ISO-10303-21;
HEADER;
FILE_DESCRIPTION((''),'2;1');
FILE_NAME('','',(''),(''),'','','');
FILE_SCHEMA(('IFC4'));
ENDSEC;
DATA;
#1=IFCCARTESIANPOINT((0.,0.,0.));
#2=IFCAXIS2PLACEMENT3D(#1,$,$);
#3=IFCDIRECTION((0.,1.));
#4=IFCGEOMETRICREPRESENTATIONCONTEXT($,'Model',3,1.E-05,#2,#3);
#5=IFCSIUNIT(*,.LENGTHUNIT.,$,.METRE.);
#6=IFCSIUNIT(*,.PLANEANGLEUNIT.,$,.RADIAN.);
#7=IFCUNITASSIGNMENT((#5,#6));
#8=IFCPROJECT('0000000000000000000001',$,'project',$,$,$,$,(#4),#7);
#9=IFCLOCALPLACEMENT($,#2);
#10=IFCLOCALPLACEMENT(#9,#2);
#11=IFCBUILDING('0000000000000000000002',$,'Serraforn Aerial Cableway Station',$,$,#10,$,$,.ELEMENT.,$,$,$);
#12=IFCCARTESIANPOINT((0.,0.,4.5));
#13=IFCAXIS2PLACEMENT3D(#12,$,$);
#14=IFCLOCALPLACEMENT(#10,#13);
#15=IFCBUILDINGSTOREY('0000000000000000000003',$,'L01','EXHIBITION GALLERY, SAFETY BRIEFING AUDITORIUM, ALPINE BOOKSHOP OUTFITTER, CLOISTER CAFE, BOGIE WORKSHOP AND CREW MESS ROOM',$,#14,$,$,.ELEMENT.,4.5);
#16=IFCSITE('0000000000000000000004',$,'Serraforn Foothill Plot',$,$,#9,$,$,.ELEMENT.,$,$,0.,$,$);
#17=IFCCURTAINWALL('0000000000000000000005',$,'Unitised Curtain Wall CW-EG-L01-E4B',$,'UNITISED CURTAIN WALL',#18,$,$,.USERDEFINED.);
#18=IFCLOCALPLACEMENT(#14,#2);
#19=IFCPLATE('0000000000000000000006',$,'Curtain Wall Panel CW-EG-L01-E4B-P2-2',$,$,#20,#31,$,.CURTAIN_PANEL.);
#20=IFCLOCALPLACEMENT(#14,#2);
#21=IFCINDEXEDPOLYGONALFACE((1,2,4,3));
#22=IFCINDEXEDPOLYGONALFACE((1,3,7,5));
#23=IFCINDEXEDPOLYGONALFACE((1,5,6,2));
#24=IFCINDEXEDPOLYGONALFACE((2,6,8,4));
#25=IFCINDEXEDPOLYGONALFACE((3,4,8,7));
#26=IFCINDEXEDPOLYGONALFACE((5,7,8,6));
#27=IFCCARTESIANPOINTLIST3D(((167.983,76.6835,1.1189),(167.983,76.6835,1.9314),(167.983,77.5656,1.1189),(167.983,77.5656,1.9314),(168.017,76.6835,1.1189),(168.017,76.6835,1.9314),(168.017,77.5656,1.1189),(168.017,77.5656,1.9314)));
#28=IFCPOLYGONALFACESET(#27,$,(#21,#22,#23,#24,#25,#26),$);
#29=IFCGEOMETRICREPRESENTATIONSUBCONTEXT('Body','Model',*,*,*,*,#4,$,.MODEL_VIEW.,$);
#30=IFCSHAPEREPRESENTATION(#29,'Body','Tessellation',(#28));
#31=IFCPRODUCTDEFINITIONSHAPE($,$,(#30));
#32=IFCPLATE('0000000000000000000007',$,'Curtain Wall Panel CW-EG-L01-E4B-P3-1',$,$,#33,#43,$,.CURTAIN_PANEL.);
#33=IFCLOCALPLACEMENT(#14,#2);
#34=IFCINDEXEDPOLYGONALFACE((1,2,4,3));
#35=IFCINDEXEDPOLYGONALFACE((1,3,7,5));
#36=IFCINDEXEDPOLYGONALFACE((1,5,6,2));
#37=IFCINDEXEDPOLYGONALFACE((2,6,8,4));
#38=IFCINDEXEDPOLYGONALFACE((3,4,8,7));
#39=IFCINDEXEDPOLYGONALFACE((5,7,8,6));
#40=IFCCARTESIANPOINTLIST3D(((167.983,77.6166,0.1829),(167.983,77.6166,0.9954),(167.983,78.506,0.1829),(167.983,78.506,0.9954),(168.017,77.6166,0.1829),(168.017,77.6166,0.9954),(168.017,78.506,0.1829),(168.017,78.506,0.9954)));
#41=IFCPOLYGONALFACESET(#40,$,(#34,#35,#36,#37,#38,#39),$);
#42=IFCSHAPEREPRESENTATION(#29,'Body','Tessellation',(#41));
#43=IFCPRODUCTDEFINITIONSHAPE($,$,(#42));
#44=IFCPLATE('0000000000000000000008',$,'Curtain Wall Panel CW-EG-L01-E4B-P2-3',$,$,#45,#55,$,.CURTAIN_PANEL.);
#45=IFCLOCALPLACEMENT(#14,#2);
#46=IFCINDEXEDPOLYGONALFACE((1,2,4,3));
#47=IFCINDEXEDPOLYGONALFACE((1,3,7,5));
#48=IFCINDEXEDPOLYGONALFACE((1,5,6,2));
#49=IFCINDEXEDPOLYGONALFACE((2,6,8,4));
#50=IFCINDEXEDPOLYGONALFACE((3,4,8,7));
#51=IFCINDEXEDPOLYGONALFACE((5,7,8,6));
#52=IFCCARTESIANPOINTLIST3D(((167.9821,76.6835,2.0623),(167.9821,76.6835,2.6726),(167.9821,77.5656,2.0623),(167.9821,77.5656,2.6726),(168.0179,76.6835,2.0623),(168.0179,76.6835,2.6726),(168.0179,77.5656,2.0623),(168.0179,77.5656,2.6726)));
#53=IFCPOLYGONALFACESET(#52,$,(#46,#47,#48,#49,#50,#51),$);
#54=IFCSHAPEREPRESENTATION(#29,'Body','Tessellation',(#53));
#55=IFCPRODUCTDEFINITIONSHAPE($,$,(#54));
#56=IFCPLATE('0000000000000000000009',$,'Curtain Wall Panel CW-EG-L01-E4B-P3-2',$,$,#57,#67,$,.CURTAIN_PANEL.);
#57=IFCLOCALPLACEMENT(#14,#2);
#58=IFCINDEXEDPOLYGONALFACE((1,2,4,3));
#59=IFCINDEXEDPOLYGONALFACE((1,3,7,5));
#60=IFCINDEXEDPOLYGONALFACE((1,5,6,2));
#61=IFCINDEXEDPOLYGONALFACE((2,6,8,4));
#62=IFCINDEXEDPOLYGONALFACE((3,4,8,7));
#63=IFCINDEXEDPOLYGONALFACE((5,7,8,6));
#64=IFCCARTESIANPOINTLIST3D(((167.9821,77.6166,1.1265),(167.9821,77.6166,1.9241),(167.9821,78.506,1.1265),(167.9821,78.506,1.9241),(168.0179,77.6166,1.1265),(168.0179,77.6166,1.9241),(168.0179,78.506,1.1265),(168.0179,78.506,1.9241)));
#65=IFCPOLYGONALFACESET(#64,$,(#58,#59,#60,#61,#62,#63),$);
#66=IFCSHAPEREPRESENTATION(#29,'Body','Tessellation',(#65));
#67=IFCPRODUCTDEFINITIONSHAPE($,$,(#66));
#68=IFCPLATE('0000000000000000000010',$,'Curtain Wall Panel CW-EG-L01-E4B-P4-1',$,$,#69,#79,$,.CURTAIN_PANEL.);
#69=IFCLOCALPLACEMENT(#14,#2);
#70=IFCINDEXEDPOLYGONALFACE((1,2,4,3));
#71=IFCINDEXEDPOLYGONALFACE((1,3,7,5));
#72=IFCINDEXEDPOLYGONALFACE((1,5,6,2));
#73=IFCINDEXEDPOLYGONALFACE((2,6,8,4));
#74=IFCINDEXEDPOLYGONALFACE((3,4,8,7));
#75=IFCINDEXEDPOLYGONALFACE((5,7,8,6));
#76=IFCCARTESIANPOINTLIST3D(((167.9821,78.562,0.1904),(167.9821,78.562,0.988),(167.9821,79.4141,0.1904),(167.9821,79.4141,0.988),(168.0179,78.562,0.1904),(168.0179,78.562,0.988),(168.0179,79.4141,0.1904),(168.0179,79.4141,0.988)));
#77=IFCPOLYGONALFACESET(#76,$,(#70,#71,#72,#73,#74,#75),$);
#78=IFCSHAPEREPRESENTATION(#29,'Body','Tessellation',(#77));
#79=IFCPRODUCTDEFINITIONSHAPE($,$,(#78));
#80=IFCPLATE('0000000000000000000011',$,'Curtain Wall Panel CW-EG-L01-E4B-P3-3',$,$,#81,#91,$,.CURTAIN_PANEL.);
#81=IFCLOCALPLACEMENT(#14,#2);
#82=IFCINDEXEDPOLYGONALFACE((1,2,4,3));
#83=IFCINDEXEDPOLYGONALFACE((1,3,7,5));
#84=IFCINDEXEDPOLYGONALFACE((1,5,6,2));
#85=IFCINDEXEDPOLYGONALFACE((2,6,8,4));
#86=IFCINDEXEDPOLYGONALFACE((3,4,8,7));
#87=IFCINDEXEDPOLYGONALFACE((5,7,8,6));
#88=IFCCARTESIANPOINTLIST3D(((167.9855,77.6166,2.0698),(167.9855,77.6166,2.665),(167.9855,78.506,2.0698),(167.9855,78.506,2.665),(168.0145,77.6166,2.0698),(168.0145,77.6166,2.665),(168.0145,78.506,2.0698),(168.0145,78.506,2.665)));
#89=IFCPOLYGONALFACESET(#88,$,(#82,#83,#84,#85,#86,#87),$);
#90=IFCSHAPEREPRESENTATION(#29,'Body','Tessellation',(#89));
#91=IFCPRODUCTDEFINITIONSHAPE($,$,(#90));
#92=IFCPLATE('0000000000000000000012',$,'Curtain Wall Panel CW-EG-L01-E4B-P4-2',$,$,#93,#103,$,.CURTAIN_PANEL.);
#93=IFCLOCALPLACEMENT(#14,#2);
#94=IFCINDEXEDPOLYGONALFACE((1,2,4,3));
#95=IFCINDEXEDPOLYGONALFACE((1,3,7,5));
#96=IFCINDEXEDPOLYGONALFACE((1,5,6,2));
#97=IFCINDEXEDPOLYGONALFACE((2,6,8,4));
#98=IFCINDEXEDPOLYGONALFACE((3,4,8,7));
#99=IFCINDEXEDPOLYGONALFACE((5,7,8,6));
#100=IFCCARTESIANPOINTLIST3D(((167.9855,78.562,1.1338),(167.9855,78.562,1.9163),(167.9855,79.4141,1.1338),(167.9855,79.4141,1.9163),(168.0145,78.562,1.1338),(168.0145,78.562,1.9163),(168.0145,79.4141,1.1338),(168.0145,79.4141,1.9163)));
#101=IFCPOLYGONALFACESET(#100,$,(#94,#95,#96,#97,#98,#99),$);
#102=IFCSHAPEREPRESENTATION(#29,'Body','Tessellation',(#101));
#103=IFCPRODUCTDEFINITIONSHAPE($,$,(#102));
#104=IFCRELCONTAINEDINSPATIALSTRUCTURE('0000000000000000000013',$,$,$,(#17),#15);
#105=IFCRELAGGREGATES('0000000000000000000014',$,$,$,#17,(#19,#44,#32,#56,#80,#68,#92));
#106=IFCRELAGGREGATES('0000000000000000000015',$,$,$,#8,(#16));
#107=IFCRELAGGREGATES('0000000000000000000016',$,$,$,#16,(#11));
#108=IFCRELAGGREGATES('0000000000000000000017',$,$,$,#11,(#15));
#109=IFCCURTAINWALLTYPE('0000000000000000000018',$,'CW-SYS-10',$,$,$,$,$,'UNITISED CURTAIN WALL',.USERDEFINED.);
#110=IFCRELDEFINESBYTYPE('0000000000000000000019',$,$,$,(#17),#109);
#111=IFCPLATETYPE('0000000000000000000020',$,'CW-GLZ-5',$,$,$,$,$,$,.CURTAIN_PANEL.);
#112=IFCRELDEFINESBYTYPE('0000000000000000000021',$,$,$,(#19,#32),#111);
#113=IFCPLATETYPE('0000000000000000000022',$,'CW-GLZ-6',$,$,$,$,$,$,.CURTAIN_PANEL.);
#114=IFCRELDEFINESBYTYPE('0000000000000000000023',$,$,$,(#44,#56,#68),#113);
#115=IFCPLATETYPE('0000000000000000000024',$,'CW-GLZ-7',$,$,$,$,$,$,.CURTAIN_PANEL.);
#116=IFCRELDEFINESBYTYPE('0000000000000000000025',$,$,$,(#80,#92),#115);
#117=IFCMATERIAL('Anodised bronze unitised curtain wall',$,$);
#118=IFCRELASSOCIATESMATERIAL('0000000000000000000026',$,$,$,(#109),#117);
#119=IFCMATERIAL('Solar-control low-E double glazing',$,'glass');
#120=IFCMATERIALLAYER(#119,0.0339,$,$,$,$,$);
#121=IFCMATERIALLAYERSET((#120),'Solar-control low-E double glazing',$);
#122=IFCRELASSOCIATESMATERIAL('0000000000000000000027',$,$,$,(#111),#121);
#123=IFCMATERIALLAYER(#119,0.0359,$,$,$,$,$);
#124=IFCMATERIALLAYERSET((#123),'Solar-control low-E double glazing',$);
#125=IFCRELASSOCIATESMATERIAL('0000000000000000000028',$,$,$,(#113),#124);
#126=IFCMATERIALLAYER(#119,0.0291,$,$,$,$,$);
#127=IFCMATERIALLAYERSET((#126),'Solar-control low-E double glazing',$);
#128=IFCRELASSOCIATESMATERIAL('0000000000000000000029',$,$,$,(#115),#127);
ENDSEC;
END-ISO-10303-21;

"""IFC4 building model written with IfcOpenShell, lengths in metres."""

from ifc_helpers import new_model, si_unit, direction, frame, origin, origin_2d, place, context, subcontext, project, spatial, rectangle, extrude, material, layer, layer_set, type_object, element, aggregate, save


model = new_model("IFC4")

# Units and contexts
model_context = context("Model", 3, precision=1e-05, world=origin(), true_north=direction((0.0, 1.0)))
body_context = subcontext(model_context, "Body", "Model", "MODEL_VIEW")
ifc_project = project(units=[si_unit("LENGTHUNIT", "METRE"), si_unit("PLANEANGLEUNIT", "RADIAN")], contexts=[model_context])

# Site, building, storey
site_placement = place(None, origin())
site = spatial("IfcSite", under=ifc_project, at=site_placement, Name="Serraforn Foothill Plot", CompositionType="ELEMENT", RefElevation=0.0)
building_placement = place(site_placement, origin())
building = spatial("IfcBuilding", under=site, at=building_placement, Name="Serraforn Aerial Cableway Station", CompositionType="ELEMENT")
storey_placement = place(building_placement, frame((0.0, 0.0, 4.5)))
storey = spatial("IfcBuildingStorey", under=building, at=storey_placement, Name="L01", Description="EXHIBITION GALLERY, SAFETY BRIEFING AUDITORIUM, ALPINE BOOKSHOP OUTFITTER, CLOISTER CAFE, BOGIE WORKSHOP AND CREW MESS ROOM", CompositionType="ELEMENT", Elevation=4.5)

# Curtain wall, plates
ifc_material_1 = material(Name="Anodised bronze unitised curtain wall")
curtain_wall_type = type_object("IfcCurtainWallType", Name="CW-SYS-10", ElementType="UNITISED CURTAIN WALL", PredefinedType="USERDEFINED", material=ifc_material_1)
curtain_wall_placement = place(storey_placement, origin())
curtain_wall = element("IfcCurtainWall", 1, at=curtain_wall_placement, inside=storey, type_object=curtain_wall_type, Name="Unitised Curtain Wall CW-EG-L01-E4B", ObjectType="UNITISED CURTAIN WALL", PredefinedType="USERDEFINED")
ifc_material_2 = material(Name="Solar-control low-E double glazing", Category="glass")
ifc_layer_1 = layer(ifc_material_2, 0.0339)
ifc_layer_set_1 = layer_set([ifc_layer_1], Name="Solar-control low-E double glazing")
plate_type_1 = type_object("IfcPlateType", Name="CW-GLZ-5", PredefinedType="CURTAIN_PANEL", material=ifc_layer_set_1)
plate_1_placement = place(storey_placement, frame((168.0, 77.1245, 1.1189), z_axis=(0.0, 0.0, 1.0), x_axis=(1.0, 0.0, 0.0)))
plate_1 = element("IfcPlate", 2, at=plate_1_placement, type_object=plate_type_1, Name="Curtain Wall Panel CW-EG-L01-E4B-P2-2", PredefinedType="CURTAIN_PANEL", context=body_context, shape_type="SweptSolid", body=[
    extrude(rectangle(XDim=0.0339, YDim=0.8821, at=origin_2d()), origin(), (0.0, 0.0, 1.0), 0.8125),
])
plate_2_placement = place(storey_placement, frame((168.0, 78.0613, 0.1829), z_axis=(0.0, 0.0, 1.0), x_axis=(1.0, 0.0, 0.0)))
plate_2 = element("IfcPlate", 3, at=plate_2_placement, type_object=plate_type_1, Name="Curtain Wall Panel CW-EG-L01-E4B-P3-1", PredefinedType="CURTAIN_PANEL", context=body_context, shape_type="SweptSolid", body=[
    extrude(rectangle(XDim=0.0339, YDim=0.8894, at=origin_2d()), origin(), (0.0, 0.0, 1.0), 0.8125),
])
ifc_layer_2 = layer(ifc_material_2, 0.0359)
ifc_layer_set_2 = layer_set([ifc_layer_2], Name="Solar-control low-E double glazing")
plate_type_2 = type_object("IfcPlateType", Name="CW-GLZ-6", PredefinedType="CURTAIN_PANEL", material=ifc_layer_set_2)
plate_3_placement = place(storey_placement, frame((168.0, 77.1245, 2.0623), z_axis=(0.0, 0.0, 1.0), x_axis=(1.0, 0.0, 0.0)))
plate_3 = element("IfcPlate", 4, at=plate_3_placement, type_object=plate_type_2, Name="Curtain Wall Panel CW-EG-L01-E4B-P2-3", PredefinedType="CURTAIN_PANEL", context=body_context, shape_type="SweptSolid", body=[
    extrude(rectangle(XDim=0.0359, YDim=0.8821, at=origin_2d()), origin(), (0.0, 0.0, 1.0), 0.6104),
])
plate_4_placement = place(storey_placement, frame((168.0, 78.0613, 1.1265), z_axis=(0.0, 0.0, 1.0), x_axis=(1.0, 0.0, 0.0)))
plate_4 = element("IfcPlate", 5, at=plate_4_placement, type_object=plate_type_2, Name="Curtain Wall Panel CW-EG-L01-E4B-P3-2", PredefinedType="CURTAIN_PANEL", context=body_context, shape_type="SweptSolid", body=[
    extrude(rectangle(XDim=0.0359, YDim=0.8894, at=origin_2d()), origin(), (0.0, 0.0, 1.0), 0.7976),
])
plate_5_placement = place(storey_placement, frame((168.0, 78.988, 0.1904), z_axis=(0.0, 0.0, 1.0), x_axis=(1.0, 0.0, 0.0)))
plate_5 = element("IfcPlate", 6, at=plate_5_placement, type_object=plate_type_2, Name="Curtain Wall Panel CW-EG-L01-E4B-P4-1", PredefinedType="CURTAIN_PANEL", context=body_context, shape_type="SweptSolid", body=[
    extrude(rectangle(XDim=0.0359, YDim=0.8521, at=origin_2d()), origin(), (0.0, 0.0, 1.0), 0.7976),
])
ifc_layer_3 = layer(ifc_material_2, 0.0291)
ifc_layer_set_3 = layer_set([ifc_layer_3], Name="Solar-control low-E double glazing")
plate_type_3 = type_object("IfcPlateType", Name="CW-GLZ-7", PredefinedType="CURTAIN_PANEL", material=ifc_layer_set_3)
plate_6_placement = place(storey_placement, frame((168.0, 78.0613, 2.0698), z_axis=(0.0, 0.0, 1.0), x_axis=(1.0, 0.0, 0.0)))
plate_6 = element("IfcPlate", 7, at=plate_6_placement, type_object=plate_type_3, Name="Curtain Wall Panel CW-EG-L01-E4B-P3-3", PredefinedType="CURTAIN_PANEL", context=body_context, shape_type="SweptSolid", body=[
    extrude(rectangle(XDim=0.0291, YDim=0.8894, at=origin_2d()), origin(), (0.0, 0.0, 1.0), 0.5952),
])
plate_7_placement = place(storey_placement, frame((168.0, 78.988, 1.1338), z_axis=(0.0, 0.0, 1.0), x_axis=(1.0, 0.0, 0.0)))
plate_7 = element("IfcPlate", 8, at=plate_7_placement, type_object=plate_type_3, Name="Curtain Wall Panel CW-EG-L01-E4B-P4-2", PredefinedType="CURTAIN_PANEL", context=body_context, shape_type="SweptSolid", body=[
    extrude(rectangle(XDim=0.0291, YDim=0.8521, at=origin_2d()), origin(), (0.0, 0.0, 1.0), 0.7825),
])
aggregate(curtain_wall, [plate_1, plate_3, plate_2, plate_4, plate_6, plate_5, plate_7])

save(model, "model.ifc")
